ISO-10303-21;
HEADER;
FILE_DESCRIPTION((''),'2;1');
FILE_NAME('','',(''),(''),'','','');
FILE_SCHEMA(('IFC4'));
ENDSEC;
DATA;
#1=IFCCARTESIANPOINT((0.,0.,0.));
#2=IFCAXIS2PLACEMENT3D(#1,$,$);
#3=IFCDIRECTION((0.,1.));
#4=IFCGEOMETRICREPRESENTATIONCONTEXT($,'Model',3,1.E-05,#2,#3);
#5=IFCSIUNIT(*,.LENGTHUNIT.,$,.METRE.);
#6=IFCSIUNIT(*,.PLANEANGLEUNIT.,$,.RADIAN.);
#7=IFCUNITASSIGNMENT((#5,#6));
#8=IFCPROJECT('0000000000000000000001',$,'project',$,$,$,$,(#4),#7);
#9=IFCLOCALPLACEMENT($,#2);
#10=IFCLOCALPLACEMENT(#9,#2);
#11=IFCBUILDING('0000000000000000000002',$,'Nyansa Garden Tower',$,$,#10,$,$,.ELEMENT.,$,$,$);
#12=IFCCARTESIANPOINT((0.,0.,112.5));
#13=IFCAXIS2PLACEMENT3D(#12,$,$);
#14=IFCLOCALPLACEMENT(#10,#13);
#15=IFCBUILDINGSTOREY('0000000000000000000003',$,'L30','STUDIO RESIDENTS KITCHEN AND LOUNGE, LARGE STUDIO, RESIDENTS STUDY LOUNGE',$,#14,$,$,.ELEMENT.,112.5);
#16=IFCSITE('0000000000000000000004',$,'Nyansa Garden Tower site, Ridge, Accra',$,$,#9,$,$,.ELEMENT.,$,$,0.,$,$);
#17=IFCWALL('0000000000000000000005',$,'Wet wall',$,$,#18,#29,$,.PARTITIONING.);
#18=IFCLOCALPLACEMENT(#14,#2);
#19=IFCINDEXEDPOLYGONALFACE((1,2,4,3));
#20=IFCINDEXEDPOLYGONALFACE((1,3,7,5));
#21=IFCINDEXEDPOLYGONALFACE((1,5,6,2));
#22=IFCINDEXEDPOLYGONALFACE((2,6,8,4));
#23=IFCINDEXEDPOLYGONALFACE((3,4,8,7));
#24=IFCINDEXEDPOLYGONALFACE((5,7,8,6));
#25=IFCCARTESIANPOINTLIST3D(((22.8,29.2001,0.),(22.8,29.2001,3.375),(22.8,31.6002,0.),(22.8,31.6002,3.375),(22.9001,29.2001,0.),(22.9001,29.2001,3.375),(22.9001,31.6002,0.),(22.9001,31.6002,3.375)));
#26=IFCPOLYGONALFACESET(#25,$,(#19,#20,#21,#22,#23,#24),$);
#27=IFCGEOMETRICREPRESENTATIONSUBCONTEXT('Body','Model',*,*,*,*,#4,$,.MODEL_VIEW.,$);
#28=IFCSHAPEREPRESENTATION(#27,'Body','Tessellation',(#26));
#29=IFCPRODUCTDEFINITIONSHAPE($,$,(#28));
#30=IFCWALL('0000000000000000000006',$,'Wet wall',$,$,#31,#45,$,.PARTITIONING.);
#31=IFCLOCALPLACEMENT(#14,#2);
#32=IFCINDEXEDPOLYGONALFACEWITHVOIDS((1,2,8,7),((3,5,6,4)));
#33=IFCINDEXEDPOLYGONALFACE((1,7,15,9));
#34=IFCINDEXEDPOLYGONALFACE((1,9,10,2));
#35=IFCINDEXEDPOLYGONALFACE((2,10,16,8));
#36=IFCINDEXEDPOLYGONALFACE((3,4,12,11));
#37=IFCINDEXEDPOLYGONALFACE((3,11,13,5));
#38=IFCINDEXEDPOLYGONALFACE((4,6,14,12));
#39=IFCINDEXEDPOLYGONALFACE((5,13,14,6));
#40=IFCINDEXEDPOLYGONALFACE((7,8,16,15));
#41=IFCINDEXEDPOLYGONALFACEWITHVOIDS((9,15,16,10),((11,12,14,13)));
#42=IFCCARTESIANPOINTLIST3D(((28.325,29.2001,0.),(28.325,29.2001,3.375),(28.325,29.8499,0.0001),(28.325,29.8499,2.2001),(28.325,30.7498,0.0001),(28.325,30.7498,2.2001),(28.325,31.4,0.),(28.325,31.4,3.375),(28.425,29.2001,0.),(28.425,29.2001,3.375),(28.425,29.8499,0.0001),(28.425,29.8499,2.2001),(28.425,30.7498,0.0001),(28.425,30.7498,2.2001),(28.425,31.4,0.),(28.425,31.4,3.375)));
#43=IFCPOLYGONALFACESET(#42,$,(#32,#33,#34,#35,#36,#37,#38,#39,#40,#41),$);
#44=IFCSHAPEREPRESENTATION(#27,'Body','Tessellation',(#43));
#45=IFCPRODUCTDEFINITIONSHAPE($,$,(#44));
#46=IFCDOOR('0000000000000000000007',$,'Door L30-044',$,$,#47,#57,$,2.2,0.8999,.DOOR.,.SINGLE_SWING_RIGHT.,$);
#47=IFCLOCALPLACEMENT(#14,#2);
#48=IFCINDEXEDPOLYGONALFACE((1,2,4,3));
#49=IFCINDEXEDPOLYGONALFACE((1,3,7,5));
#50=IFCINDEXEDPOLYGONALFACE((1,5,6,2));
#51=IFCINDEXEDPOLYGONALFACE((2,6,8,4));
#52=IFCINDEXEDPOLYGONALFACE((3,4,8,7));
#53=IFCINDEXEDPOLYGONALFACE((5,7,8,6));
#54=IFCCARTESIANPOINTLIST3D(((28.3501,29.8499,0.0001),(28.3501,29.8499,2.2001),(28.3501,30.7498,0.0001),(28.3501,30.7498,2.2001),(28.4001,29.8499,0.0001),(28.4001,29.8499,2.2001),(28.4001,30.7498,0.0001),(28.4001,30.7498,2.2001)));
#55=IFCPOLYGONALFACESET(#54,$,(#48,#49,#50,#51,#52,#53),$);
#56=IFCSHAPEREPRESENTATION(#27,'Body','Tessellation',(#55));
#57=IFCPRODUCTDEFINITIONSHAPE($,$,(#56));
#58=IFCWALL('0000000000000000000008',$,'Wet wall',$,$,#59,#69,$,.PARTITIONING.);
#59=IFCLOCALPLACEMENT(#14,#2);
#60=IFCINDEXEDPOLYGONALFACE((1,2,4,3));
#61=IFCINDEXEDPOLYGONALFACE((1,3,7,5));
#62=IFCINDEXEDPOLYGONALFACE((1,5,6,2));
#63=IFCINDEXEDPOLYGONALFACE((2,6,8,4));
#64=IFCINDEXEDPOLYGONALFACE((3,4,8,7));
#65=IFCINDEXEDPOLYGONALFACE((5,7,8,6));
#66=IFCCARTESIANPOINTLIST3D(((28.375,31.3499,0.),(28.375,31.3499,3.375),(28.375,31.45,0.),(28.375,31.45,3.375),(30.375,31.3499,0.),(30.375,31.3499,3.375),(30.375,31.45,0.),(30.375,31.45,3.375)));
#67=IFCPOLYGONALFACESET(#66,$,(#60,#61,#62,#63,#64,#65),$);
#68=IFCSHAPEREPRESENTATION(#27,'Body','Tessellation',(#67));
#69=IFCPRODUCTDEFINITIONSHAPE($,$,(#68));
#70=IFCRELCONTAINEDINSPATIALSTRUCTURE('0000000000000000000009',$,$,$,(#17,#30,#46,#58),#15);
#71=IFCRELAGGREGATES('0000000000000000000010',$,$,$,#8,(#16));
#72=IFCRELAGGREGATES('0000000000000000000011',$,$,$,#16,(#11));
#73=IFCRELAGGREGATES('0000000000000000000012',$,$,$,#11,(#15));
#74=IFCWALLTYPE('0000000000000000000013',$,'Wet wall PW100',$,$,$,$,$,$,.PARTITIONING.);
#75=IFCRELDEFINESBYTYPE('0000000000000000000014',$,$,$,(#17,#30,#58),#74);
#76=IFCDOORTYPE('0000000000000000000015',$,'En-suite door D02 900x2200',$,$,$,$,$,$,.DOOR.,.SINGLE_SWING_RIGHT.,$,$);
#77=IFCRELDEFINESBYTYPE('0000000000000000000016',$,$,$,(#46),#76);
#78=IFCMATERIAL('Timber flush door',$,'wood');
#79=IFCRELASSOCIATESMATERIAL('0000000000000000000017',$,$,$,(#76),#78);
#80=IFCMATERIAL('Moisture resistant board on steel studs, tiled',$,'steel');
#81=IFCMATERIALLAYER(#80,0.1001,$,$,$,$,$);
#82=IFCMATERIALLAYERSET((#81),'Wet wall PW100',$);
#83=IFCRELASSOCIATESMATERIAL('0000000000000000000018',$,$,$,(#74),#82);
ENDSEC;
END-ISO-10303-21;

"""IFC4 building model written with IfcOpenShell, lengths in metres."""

from ifc_helpers import new_model, si_unit, direction, frame, frame_2d, origin, place, context, subcontext, project, spatial, rectangle, extrude, material, layer, layer_set, type_object, element, fill, save


model = new_model("IFC4")

# Units and contexts
model_context = context("Model", 3, precision=1e-05, world=origin(), true_north=direction((0.0, 1.0)))
body_context = subcontext(model_context, "Body", "Model", "MODEL_VIEW")
ifc_project = project(units=[si_unit("LENGTHUNIT", "METRE"), si_unit("PLANEANGLEUNIT", "RADIAN")], contexts=[model_context])

# Site, building, storey
site_placement = place(None, origin())
site = spatial("IfcSite", under=ifc_project, at=site_placement, Name="Nyansa Garden Tower site, Ridge, Accra", CompositionType="ELEMENT", RefElevation=0.0)
building_placement = place(site_placement, origin())
building = spatial("IfcBuilding", under=site, at=building_placement, Name="Nyansa Garden Tower", CompositionType="ELEMENT")
storey_placement = place(building_placement, frame((0.0, 0.0, 112.5)))
storey = spatial("IfcBuildingStorey", under=building, at=storey_placement, Name="L30", Description="STUDIO RESIDENTS KITCHEN AND LOUNGE, LARGE STUDIO, RESIDENTS STUDY LOUNGE", CompositionType="ELEMENT", Elevation=112.5)

# Shared definitions
ifc_material_1 = material(Name="Timber flush door", Category="wood")
door_type_1 = type_object("IfcDoorType", Name="En-suite door D02 900x2200", OperationType="SINGLE_SWING_RIGHT", PredefinedType="DOOR", material=ifc_material_1)

# Wall
ifc_material_2 = material(Name="Moisture resistant board on steel studs, tiled", Category="steel")
ifc_layer_1 = layer(ifc_material_2, 0.1001)
ifc_layer_set_1 = layer_set([ifc_layer_1], Name="Wet wall PW100")
wall_type_1 = type_object("IfcWallType", Name="Wet wall PW100", PredefinedType="PARTITIONING", material=ifc_layer_set_1)
wall_1_placement = place(storey_placement, frame((22.8501, 29.2, 0.0), z_axis=(0.0, 0.0, 1.0), x_axis=(0.0, 1.0, 0.0)))
element("IfcWall", 1, at=wall_1_placement, inside=storey, type_object=wall_type_1, Name="Wet wall", PredefinedType="PARTITIONING", context=body_context, shape_type="SweptSolid", body=[
    extrude(rectangle(XDim=2.4001, YDim=0.1001, at=frame_2d((1.2002, 0.0))), origin(), (0.0, 0.0, 1.0), 3.375),
])

# Wall, opening, door
wall_2_placement = place(storey_placement, frame((28.375, 29.2, 0.0), z_axis=(0.0, 0.0, 1.0), x_axis=(0.0, 1.0, 0.0)))
wall_2 = element("IfcWall", 2, at=wall_2_placement, inside=storey, type_object=wall_type_1, Name="Wet wall", PredefinedType="PARTITIONING", context=body_context, shape_type="SweptSolid", body=[
    extrude(rectangle(XDim=2.2, YDim=0.1001, at=frame_2d((1.1001, 0.0))), origin(), (0.0, 0.0, 1.0), 3.375),
])
opening_1_placement = place(wall_2_placement, frame((0.6499, 0.0, 0.0)))
opening_1 = element("IfcOpeningElement", 3, at=opening_1_placement, cuts=wall_2, PredefinedType="OPENING", context=body_context, shape_type="SweptSolid", body=[
    extrude(rectangle(XDim=0.8999, YDim=2.2, at=frame_2d((0.45, 1.1001))), frame((0.0, 0.0601, 0.0), z_axis=(0.0, -1.0, 0.0), x_axis=(1.0, 0.0, 0.0)), (0.0, 0.0, 1.0), 0.1201),
])
door_1_placement = place(opening_1_placement, origin())
door_1 = element("IfcDoor", 4, at=door_1_placement, inside=storey, type_object=door_type_1, Name="Door L30-044", OperationType="SINGLE_SWING_RIGHT", OverallHeight=2.2, OverallWidth=0.8999, PredefinedType="DOOR", context=body_context, shape_type="SweptSolid", body=[
    extrude(rectangle(XDim=0.8999, YDim=2.2, at=frame_2d((0.45, 1.1001))), frame((0.0, 0.0249, 0.0), z_axis=(0.0, -1.0, 0.0), x_axis=(1.0, 0.0, 0.0)), (0.0, 0.0, 1.0), 0.05),
])
fill(opening_1, door_1)

# Wall
wall_3_placement = place(storey_placement, frame((28.375, 31.3999, 0.0), z_axis=(0.0, 0.0, 1.0), x_axis=(1.0, 0.0, 0.0)))
element("IfcWall", 5, at=wall_3_placement, inside=storey, type_object=wall_type_1, Name="Wet wall", PredefinedType="PARTITIONING", context=body_context, shape_type="SweptSolid", body=[
    extrude(rectangle(XDim=2.0, YDim=0.1001, at=frame_2d((1.0, 0.0))), origin(), (0.0, 0.0, 1.0), 3.375),
])

save(model, "model.ifc")
